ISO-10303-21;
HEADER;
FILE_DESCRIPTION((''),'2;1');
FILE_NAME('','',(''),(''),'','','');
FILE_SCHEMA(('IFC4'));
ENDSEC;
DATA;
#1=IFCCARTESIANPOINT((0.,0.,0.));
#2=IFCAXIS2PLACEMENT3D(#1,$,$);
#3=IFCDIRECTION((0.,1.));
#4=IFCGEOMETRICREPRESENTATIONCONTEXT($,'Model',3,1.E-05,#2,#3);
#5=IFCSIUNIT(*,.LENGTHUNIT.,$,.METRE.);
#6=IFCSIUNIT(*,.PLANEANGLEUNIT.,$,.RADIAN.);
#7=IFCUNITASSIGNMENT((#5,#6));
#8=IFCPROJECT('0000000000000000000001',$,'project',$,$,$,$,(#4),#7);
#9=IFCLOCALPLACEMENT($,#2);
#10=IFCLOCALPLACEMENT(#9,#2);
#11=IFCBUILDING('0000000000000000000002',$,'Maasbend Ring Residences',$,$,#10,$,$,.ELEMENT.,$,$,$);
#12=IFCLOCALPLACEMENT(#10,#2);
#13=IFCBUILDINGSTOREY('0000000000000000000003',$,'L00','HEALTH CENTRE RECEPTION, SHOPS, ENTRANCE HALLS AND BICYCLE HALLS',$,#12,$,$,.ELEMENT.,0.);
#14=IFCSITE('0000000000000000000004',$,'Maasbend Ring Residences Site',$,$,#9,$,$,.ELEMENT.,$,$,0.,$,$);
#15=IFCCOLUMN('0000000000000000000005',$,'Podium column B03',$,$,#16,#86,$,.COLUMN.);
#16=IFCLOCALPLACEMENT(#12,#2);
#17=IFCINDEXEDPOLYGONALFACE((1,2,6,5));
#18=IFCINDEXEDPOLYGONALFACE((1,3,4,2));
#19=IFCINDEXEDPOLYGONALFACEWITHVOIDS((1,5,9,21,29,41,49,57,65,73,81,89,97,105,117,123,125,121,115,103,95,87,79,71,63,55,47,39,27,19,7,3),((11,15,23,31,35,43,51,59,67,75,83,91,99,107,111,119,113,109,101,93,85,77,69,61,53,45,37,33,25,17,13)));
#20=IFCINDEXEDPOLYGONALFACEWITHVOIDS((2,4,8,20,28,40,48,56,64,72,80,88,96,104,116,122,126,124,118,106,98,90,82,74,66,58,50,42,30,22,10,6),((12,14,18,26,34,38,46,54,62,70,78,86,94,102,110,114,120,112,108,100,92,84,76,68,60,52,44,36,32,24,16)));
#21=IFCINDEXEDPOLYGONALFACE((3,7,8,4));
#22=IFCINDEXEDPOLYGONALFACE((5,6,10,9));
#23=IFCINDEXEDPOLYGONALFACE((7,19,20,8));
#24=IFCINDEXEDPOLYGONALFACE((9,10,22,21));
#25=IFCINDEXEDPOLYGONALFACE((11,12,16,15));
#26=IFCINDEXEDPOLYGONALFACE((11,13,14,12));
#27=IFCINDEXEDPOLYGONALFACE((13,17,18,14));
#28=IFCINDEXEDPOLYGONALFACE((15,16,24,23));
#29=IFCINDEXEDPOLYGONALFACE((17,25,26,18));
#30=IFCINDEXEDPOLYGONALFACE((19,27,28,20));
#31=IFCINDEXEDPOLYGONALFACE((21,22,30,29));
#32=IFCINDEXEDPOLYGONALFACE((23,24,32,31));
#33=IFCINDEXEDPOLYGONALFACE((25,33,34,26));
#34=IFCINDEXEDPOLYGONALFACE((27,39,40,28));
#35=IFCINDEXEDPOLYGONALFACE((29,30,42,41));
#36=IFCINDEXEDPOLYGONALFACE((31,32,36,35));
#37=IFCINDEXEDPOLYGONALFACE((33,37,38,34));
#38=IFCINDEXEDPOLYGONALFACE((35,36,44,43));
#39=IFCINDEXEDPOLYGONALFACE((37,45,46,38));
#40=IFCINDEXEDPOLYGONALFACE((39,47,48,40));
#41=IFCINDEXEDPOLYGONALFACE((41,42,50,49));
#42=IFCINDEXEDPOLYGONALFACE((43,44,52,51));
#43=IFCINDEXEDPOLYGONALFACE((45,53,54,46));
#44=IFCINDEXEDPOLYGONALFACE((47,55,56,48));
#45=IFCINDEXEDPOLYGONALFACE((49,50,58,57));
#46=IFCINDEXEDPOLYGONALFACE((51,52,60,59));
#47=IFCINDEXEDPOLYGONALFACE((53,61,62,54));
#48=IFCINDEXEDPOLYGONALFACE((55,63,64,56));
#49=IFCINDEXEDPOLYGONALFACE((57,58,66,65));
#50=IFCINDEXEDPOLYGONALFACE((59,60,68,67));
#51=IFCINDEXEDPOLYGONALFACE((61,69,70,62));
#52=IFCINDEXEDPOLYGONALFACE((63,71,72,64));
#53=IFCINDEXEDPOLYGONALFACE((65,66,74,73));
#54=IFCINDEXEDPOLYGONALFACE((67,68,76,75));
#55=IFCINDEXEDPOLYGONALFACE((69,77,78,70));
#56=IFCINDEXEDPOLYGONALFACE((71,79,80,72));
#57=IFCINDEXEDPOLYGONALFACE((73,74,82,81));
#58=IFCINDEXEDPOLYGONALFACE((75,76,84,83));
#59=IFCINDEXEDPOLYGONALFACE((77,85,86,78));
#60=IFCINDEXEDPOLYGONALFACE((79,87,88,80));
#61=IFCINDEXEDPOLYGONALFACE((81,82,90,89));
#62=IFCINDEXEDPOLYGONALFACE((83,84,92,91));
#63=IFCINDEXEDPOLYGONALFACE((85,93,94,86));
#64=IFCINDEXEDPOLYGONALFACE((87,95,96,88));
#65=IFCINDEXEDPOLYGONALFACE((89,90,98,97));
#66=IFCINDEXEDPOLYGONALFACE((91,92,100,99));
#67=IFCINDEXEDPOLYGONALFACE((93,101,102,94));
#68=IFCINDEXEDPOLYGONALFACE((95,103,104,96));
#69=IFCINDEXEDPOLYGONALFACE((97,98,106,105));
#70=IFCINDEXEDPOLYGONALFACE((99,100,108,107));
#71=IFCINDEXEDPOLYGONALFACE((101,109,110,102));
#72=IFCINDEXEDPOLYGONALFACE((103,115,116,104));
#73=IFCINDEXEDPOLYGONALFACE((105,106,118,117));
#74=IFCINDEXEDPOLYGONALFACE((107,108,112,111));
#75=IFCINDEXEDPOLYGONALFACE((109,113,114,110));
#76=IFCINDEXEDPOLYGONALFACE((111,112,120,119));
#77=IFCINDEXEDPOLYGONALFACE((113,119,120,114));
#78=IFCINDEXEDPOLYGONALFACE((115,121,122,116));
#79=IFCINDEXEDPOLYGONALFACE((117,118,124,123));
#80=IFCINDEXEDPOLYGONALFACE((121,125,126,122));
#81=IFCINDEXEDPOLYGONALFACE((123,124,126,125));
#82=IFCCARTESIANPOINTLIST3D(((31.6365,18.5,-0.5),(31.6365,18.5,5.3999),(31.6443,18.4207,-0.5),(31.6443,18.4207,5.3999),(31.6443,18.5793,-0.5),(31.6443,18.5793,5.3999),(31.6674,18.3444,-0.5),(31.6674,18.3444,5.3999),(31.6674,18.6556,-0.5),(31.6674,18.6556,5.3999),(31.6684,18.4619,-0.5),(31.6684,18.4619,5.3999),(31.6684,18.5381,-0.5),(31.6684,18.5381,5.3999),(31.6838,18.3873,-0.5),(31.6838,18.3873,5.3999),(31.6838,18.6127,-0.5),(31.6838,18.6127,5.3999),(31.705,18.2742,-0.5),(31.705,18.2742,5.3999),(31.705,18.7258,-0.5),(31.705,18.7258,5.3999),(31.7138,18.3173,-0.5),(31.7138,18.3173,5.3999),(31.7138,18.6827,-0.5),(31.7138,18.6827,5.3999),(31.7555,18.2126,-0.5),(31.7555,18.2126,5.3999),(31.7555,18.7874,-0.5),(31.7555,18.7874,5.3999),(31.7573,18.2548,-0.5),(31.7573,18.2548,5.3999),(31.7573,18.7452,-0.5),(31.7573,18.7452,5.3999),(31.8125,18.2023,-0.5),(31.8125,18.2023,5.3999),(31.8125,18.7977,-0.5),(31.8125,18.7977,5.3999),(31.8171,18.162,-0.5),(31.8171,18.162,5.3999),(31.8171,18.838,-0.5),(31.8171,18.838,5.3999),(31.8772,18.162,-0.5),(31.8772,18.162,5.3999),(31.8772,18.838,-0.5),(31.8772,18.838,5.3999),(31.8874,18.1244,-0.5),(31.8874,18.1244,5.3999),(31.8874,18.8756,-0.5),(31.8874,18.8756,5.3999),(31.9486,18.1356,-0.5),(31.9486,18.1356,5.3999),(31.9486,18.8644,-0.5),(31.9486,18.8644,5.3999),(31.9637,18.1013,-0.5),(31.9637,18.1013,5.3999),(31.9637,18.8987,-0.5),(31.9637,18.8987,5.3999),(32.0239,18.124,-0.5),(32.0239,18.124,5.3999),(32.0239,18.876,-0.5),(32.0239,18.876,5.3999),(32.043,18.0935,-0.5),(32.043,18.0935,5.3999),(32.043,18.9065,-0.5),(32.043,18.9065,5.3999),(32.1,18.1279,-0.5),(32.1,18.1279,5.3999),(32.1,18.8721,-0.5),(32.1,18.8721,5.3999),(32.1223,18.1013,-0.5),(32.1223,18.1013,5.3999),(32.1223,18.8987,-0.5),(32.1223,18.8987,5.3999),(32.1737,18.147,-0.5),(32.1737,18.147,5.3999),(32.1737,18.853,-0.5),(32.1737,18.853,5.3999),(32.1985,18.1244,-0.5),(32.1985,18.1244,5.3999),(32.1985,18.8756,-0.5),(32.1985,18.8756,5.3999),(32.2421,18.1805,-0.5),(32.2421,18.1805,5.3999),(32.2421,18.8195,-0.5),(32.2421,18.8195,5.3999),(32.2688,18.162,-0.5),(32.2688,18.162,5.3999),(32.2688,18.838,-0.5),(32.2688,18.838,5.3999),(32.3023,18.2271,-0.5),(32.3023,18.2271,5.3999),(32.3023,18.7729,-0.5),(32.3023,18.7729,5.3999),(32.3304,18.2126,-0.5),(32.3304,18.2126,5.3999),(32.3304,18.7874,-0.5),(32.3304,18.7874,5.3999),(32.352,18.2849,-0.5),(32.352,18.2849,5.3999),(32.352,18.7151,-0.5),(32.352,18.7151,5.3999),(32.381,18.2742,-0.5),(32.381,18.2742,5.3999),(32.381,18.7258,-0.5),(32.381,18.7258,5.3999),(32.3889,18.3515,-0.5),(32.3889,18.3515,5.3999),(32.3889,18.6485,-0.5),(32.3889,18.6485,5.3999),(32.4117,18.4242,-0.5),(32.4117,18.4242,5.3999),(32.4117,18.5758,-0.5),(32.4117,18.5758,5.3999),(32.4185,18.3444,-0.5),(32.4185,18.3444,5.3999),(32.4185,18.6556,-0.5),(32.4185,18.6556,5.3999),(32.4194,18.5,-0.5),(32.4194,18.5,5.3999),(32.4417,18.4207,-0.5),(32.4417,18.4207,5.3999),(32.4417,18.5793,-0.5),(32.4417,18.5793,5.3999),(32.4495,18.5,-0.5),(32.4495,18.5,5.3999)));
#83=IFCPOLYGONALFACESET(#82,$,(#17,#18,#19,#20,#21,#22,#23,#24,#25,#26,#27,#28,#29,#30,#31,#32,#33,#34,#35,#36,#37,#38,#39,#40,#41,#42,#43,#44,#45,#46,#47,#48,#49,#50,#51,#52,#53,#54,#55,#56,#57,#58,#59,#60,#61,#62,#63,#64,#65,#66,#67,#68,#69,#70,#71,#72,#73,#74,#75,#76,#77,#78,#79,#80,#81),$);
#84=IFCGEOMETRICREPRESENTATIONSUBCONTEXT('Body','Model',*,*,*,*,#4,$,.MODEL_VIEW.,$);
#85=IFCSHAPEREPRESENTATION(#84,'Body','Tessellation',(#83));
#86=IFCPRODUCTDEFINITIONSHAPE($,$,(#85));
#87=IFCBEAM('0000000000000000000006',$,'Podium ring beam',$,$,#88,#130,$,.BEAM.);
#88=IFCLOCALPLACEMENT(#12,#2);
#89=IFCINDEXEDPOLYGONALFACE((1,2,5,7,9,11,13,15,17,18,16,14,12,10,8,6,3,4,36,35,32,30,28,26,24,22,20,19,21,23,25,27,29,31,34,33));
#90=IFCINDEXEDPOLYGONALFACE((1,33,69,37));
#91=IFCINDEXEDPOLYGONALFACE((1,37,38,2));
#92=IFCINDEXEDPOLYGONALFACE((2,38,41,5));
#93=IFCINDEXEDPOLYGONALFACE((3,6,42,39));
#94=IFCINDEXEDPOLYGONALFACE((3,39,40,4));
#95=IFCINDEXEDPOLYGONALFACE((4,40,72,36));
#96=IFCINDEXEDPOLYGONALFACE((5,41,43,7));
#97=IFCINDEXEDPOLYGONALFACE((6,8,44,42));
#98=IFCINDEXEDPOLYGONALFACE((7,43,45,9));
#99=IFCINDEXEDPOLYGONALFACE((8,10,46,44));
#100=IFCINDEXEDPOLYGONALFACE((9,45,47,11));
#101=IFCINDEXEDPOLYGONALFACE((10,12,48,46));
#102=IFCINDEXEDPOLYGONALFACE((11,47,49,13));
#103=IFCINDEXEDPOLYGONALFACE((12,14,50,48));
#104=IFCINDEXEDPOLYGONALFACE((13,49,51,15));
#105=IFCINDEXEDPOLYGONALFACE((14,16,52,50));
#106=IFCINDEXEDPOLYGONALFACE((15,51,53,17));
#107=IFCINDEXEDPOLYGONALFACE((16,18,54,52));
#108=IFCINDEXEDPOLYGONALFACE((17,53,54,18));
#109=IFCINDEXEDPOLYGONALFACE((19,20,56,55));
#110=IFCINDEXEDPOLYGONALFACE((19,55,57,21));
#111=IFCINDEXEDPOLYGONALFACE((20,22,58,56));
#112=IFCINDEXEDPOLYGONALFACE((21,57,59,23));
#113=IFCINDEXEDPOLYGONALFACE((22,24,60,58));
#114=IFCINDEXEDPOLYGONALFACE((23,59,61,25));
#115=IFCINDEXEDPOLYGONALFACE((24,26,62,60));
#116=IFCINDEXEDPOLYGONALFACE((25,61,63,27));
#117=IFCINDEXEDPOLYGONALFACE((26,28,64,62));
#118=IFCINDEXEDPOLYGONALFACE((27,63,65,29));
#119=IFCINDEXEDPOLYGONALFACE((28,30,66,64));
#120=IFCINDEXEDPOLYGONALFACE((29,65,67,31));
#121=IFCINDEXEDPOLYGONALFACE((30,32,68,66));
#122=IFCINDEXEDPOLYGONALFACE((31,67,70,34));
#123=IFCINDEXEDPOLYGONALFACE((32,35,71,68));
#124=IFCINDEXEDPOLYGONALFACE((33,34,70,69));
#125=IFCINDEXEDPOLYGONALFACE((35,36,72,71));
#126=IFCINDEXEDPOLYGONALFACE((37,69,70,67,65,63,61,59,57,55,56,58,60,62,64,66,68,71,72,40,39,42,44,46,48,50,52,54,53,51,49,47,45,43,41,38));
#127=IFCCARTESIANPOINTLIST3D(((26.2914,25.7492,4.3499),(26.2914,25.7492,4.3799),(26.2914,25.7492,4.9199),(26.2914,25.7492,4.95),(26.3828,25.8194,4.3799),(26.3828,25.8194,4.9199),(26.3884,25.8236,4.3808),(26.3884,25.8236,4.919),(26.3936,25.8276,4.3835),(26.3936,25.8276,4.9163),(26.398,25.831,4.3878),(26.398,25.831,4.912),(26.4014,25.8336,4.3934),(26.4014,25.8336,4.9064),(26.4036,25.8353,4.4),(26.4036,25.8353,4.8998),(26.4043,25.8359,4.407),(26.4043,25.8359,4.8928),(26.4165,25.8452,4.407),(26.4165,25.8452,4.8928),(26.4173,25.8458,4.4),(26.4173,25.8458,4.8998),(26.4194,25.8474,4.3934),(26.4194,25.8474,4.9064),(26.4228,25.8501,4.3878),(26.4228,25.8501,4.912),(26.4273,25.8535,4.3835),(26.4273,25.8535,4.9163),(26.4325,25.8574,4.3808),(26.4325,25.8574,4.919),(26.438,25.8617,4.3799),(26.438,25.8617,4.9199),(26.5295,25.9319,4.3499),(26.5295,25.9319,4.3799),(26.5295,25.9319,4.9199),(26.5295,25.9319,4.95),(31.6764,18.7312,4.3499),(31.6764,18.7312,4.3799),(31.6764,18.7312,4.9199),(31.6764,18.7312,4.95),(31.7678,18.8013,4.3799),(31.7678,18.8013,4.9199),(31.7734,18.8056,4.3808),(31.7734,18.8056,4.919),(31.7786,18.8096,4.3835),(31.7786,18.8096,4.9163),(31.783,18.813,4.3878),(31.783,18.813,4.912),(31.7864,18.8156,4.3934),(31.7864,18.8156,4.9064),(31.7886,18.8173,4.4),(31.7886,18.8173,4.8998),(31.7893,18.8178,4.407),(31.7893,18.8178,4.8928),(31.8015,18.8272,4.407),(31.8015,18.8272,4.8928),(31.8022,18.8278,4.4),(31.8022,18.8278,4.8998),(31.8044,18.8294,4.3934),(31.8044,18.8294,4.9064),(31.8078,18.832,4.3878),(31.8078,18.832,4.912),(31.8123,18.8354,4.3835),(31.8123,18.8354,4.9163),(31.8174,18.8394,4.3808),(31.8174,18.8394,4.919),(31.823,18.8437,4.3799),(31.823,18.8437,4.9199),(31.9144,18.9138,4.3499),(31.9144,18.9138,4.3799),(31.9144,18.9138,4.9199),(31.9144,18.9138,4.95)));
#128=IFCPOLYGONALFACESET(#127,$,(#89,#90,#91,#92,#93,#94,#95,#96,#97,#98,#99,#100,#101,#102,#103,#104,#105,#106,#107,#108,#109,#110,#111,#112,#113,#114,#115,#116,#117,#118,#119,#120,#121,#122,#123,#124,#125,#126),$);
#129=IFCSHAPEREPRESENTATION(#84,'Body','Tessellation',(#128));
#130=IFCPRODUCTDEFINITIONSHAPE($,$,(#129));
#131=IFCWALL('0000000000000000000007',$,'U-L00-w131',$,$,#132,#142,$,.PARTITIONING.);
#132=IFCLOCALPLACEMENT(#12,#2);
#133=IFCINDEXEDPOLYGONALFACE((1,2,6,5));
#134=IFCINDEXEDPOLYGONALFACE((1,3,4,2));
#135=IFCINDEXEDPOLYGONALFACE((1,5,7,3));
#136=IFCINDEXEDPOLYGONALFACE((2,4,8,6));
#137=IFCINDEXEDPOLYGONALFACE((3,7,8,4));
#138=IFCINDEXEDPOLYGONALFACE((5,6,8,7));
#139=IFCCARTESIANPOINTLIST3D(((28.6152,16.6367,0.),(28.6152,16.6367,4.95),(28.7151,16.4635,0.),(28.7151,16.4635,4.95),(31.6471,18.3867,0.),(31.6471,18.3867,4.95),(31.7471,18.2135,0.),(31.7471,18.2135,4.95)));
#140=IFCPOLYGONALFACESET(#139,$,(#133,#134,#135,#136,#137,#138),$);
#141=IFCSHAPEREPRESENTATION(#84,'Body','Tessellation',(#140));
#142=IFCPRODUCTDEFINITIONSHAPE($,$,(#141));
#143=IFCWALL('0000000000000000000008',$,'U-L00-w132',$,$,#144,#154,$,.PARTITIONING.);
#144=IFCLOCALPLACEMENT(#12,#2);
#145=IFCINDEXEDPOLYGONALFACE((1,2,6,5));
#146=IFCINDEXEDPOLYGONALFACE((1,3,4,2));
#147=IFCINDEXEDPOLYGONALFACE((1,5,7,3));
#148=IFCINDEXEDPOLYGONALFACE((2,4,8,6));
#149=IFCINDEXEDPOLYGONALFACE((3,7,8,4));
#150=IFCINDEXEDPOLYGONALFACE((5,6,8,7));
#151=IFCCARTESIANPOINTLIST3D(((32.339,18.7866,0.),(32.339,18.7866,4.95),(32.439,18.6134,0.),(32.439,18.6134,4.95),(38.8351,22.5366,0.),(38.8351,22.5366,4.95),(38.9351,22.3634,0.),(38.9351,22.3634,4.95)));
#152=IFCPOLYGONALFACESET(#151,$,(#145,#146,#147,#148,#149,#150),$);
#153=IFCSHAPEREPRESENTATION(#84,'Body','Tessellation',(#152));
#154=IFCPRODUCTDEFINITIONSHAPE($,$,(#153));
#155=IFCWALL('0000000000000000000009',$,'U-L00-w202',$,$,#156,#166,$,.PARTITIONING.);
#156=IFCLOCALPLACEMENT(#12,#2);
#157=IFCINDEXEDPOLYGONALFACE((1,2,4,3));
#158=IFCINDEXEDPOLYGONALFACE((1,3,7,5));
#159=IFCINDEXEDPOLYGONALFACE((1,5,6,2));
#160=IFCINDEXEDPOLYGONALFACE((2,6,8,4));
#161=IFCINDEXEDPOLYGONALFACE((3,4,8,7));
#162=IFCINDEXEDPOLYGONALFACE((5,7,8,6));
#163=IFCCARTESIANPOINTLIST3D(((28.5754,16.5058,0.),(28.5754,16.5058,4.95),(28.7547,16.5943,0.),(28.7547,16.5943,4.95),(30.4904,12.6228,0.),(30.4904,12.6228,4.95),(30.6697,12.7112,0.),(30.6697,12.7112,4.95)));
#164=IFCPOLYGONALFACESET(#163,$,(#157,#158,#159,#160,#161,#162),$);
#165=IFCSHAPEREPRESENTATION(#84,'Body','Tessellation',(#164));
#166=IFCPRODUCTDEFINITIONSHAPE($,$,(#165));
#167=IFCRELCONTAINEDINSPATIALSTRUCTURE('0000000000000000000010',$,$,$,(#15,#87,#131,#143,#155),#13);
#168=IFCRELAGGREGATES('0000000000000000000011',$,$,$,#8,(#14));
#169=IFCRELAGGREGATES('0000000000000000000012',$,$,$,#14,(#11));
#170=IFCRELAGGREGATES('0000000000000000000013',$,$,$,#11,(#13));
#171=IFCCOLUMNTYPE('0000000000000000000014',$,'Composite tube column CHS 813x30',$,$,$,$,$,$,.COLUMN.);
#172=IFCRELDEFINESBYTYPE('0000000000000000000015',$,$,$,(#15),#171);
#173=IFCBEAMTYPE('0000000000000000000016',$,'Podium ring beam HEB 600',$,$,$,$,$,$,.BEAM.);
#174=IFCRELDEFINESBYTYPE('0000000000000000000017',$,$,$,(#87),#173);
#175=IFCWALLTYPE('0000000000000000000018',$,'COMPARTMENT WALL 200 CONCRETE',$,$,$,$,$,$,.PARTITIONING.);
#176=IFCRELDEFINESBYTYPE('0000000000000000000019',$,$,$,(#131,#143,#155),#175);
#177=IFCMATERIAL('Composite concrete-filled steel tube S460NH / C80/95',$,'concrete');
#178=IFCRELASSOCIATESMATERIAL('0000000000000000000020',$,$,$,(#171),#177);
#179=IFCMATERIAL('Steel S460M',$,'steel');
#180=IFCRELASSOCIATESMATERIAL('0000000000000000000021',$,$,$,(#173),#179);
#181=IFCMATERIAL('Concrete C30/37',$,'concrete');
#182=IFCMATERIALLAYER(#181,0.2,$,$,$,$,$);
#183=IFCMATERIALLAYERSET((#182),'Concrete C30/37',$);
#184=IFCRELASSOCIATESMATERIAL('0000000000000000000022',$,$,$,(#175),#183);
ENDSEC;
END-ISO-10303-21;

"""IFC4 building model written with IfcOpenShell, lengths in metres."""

from ifc_helpers import new_model, si_unit, direction, frame, frame_2d, origin, origin_2d, place, context, subcontext, project, spatial, rectangle, hollow_circle, i_section, extrude, material, layer, layer_set, material_profile, profile_set, type_object, element, save


model = new_model("IFC4")

# Units and contexts
model_context = context("Model", 3, precision=1e-05, world=origin(), true_north=direction((0.0, 1.0)))
body_context = subcontext(model_context, "Body", "Model", "MODEL_VIEW")
ifc_project = project(units=[si_unit("LENGTHUNIT", "METRE"), si_unit("PLANEANGLEUNIT", "RADIAN")], contexts=[model_context])

# Site, building, storey
site_placement = place(None, origin())
site = spatial("IfcSite", under=ifc_project, at=site_placement, Name="Maasbend Ring Residences Site", CompositionType="ELEMENT", RefElevation=0.0)
building_placement = place(site_placement, origin())
building = spatial("IfcBuilding", under=site, at=building_placement, Name="Maasbend Ring Residences", CompositionType="ELEMENT")
storey_placement = place(building_placement, origin())
storey = spatial("IfcBuildingStorey", under=building, at=storey_placement, Name="L00", Description="HEALTH CENTRE RECEPTION, SHOPS, ENTRANCE HALLS AND BICYCLE HALLS", CompositionType="ELEMENT", Elevation=0.0)

# Column
ifc_material_1 = material(Name="Composite concrete-filled steel tube S460NH / C80/95", Category="concrete")
ifc_material_profile_1 = material_profile(ifc_material_1, hollow_circle(Radius=0.4065, WallThickness=0.03, at=origin_2d()), Name="Composite tube column CHS 813x30")
ifc_profile_set_1 = profile_set([ifc_material_profile_1], Name="Composite concrete-filled steel tube S460NH / C80/95")
column_type = type_object("IfcColumnType", Name="Composite tube column CHS 813x30", PredefinedType="COLUMN", material=ifc_profile_set_1)
column_placement = place(storey_placement, frame((32.043, 18.5, -0.5), z_axis=(0.0, 0.0, 1.0), x_axis=(1.0, 0.0, 0.0)))
element("IfcColumn", 1, at=column_placement, inside=storey, type_object=column_type, Name="Podium column B03", PredefinedType="COLUMN", context=body_context, shape_type="SweptSolid", body=[
    extrude(hollow_circle(Radius=0.4065, WallThickness=0.03, at=origin_2d()), origin(), (0.0, 0.0, 1.0), 5.8999),
])

# Beam
ifc_material_2 = material(Name="Steel S460M", Category="steel")
ifc_material_profile_2 = material_profile(ifc_material_2, i_section(OverallWidth=0.3, OverallDepth=0.6001, WebThickness=0.0154, FlangeThickness=0.03, FilletRadius=0.0271, at=origin_2d()), Name="HEB 600")
ifc_profile_set_2 = profile_set([ifc_material_profile_2], Name="Steel S460M")
beam_type = type_object("IfcBeamType", Name="Podium ring beam HEB 600", PredefinedType="BEAM", material=ifc_profile_set_2)
beam_placement = place(storey_placement, frame((31.7954, 18.8225, 4.6499), z_axis=(-0.608751, 0.793361, 0.0), x_axis=(-0.793361, -0.608751, 0.0)))
element("IfcBeam", 2, at=beam_placement, inside=storey, type_object=beam_type, Name="Podium ring beam", PredefinedType="BEAM", context=body_context, shape_type="SweptSolid", body=[
    extrude(i_section(OverallWidth=0.3, OverallDepth=0.6001, WebThickness=0.0154, FlangeThickness=0.03, FilletRadius=0.0271, at=origin_2d()), origin(), (0.0, 0.0, 1.0), 8.8459),
])

# Walls
ifc_material_3 = material(Name="Concrete C30/37", Category="concrete")
ifc_layer_1 = layer(ifc_material_3, 0.2)
ifc_layer_set_1 = layer_set([ifc_layer_1], Name="Concrete C30/37")
wall_type_1 = type_object("IfcWallType", Name="COMPARTMENT WALL 200 CONCRETE", PredefinedType="PARTITIONING", material=ifc_layer_set_1)
wall_1_placement = place(storey_placement, frame((28.665, 16.55, 0.0), z_axis=(0.0, 0.0, 1.0), x_axis=(0.866089, 0.499889, 0.0)))
element("IfcWall", 3, at=wall_1_placement, inside=storey, type_object=wall_type_1, Name="U-L00-w131", PredefinedType="PARTITIONING", context=body_context, shape_type="SweptSolid", body=[
    extrude(rectangle(XDim=3.5007, YDim=0.2, at=frame_2d((1.7505, 0.0))), origin(), (0.0, 0.0, 1.0), 4.95),
])
wall_2_placement = place(storey_placement, frame((32.3889, 18.7, 0.0), z_axis=(0.0, 0.0, 1.0), x_axis=(0.866056, 0.499948, 0.0)))
element("IfcWall", 4, at=wall_2_placement, inside=storey, type_object=wall_type_1, Name="U-L00-w132", PredefinedType="PARTITIONING", context=body_context, shape_type="SweptSolid", body=[
    extrude(rectangle(XDim=7.5007, YDim=0.2, at=frame_2d((3.7505, 0.0))), origin(), (0.0, 0.0, 1.0), 4.95),
])
wall_3_placement = place(storey_placement, frame((28.665, 16.55, 0.0), z_axis=(0.0, 0.0, 1.0), x_axis=(0.442312, -0.896861, 0.0)))
element("IfcWall", 5, at=wall_3_placement, inside=storey, type_object=wall_type_1, Name="U-L00-w202", PredefinedType="PARTITIONING", context=body_context, shape_type="SweptSolid", body=[
    extrude(rectangle(XDim=4.3296, YDim=0.2, at=frame_2d((2.1648, 0.0))), origin(), (0.0, 0.0, 1.0), 4.95),
])

save(model, "model.ifc")
